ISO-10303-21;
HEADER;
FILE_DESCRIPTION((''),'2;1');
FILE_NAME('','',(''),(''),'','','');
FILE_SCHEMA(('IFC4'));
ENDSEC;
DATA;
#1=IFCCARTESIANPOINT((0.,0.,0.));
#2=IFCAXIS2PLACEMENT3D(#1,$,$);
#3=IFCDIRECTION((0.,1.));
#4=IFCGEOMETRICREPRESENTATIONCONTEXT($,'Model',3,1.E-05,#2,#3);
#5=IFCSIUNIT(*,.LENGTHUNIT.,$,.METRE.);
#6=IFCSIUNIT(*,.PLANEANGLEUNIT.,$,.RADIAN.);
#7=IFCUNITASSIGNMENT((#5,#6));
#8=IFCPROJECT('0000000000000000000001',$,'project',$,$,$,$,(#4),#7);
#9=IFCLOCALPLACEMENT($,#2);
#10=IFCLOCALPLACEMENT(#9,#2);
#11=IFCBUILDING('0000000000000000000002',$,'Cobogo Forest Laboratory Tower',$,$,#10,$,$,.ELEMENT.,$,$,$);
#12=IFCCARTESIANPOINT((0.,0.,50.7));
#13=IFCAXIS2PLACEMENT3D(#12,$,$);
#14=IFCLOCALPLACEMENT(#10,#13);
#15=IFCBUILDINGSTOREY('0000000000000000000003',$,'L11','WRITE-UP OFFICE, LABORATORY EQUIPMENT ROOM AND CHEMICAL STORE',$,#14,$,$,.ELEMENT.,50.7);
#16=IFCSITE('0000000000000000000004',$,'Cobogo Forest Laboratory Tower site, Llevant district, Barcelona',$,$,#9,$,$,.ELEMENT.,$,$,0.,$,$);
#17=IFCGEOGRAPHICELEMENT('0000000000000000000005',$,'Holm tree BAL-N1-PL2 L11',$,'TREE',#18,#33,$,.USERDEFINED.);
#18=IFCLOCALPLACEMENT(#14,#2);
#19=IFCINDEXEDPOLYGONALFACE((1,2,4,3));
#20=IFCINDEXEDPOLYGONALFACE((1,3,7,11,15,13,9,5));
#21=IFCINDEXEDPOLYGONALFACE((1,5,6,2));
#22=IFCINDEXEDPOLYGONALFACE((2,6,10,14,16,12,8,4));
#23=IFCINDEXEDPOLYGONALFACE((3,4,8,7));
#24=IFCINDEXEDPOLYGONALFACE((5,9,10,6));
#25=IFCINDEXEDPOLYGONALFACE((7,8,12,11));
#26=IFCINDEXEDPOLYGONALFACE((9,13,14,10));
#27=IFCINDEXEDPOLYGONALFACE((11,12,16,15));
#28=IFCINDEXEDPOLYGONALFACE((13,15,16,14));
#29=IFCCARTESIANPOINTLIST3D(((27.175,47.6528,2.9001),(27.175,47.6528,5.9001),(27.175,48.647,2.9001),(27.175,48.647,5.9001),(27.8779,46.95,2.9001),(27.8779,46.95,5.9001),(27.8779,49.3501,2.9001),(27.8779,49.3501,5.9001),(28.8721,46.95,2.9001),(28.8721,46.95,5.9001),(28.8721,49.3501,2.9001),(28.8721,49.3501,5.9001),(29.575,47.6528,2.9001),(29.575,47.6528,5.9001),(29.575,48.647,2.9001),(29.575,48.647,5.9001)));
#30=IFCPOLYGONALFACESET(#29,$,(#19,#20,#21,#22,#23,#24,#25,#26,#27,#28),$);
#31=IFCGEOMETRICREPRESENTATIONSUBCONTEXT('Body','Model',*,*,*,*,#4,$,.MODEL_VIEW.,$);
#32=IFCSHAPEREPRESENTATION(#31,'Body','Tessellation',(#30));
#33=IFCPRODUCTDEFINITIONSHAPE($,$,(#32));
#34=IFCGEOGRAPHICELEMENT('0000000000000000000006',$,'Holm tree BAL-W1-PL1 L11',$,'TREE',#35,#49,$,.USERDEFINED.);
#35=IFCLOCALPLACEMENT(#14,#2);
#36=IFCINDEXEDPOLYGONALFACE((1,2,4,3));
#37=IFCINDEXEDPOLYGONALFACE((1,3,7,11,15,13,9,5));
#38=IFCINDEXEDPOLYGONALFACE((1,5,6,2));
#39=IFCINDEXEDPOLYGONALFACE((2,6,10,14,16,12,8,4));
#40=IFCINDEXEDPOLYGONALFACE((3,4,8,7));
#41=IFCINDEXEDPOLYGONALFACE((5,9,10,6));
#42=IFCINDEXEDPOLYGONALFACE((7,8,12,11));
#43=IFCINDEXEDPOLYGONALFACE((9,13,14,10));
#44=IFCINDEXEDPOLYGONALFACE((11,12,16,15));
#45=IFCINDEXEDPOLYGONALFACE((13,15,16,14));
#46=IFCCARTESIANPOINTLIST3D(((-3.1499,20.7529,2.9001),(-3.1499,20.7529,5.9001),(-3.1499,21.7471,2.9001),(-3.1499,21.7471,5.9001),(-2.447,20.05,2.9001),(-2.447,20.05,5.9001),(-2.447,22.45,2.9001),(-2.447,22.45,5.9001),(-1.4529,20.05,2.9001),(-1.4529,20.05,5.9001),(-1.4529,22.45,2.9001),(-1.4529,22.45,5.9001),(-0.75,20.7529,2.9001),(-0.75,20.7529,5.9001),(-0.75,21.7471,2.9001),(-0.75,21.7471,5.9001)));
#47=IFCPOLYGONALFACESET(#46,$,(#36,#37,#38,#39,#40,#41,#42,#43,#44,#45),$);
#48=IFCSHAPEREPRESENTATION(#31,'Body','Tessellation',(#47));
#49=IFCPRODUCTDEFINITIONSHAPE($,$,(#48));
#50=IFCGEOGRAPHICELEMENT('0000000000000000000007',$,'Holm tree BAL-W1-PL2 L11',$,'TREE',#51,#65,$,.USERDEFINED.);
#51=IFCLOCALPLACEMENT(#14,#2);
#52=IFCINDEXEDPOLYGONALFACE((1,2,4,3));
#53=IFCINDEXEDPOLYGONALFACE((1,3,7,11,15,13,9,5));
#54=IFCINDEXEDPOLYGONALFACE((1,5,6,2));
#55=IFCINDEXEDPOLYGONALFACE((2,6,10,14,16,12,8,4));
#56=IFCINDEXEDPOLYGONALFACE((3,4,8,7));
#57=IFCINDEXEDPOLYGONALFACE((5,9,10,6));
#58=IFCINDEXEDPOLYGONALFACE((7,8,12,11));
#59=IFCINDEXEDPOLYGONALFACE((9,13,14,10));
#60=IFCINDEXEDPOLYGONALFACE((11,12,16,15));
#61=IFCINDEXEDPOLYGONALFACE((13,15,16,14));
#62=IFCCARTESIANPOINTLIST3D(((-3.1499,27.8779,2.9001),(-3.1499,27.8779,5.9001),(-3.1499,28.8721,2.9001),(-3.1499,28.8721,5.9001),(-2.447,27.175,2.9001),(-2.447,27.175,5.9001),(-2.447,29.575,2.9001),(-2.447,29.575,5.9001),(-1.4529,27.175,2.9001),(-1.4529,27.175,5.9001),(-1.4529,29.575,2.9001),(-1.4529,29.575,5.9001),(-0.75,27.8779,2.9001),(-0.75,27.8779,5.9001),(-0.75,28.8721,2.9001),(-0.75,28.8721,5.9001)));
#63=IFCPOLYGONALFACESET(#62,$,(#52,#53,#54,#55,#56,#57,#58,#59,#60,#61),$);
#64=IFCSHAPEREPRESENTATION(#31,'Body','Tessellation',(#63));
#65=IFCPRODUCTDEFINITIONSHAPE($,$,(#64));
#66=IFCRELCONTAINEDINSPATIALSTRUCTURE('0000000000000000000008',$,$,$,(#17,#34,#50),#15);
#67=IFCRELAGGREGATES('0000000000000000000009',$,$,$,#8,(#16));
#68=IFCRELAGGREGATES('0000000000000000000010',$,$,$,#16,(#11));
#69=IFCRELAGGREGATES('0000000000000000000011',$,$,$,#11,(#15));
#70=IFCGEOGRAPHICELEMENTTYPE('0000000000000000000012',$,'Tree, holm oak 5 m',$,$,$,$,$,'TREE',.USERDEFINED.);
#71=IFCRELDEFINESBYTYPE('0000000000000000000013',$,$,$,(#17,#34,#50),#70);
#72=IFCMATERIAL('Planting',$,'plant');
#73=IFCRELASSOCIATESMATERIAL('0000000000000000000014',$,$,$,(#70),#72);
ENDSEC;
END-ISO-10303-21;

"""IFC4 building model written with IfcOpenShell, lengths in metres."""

from ifc_helpers import new_model, si_unit, direction, frame, origin, place, context, subcontext, project, spatial, polyline, outline, extrude, material, type_object, element, save


model = new_model("IFC4")

# Units and contexts
model_context = context("Model", 3, precision=1e-05, world=origin(), true_north=direction((0.0, 1.0)))
body_context = subcontext(model_context, "Body", "Model", "MODEL_VIEW")
ifc_project = project(units=[si_unit("LENGTHUNIT", "METRE"), si_unit("PLANEANGLEUNIT", "RADIAN")], contexts=[model_context])

# Site, building, storey
site_placement = place(None, origin())
site = spatial("IfcSite", under=ifc_project, at=site_placement, Name="Cobogo Forest Laboratory Tower site, Llevant district, Barcelona", CompositionType="ELEMENT", RefElevation=0.0)
building_placement = place(site_placement, origin())
building = spatial("IfcBuilding", under=site, at=building_placement, Name="Cobogo Forest Laboratory Tower", CompositionType="ELEMENT")
storey_placement = place(building_placement, frame((0.0, 0.0, 50.7)))
storey = spatial("IfcBuildingStorey", under=building, at=storey_placement, Name="L11", Description="WRITE-UP OFFICE, LABORATORY EQUIPMENT ROOM AND CHEMICAL STORE", CompositionType="ELEMENT", Elevation=50.7)

# Geographic elements
ifc_material_1 = material(Name="Planting", Category="plant")
geographic_element_type = type_object("IfcGeographicElementType", Name="Tree, holm oak 5 m", ElementType="TREE", PredefinedType="USERDEFINED", material=ifc_material_1)
geographic_element_1_placement = place(storey_placement, frame((0.0, 0.0, 2.9001)))
element("IfcGeographicElement", 1, at=geographic_element_1_placement, inside=storey, type_object=geographic_element_type, Name="Holm tree BAL-N1-PL2 L11", ObjectType="TREE", PredefinedType="USERDEFINED", context=body_context, shape_type="SweptSolid", body=[
    extrude(outline(polyline([(29.575, 47.6528), (29.575, 48.647), (28.8721, 49.3501), (27.8779, 49.3501), (27.175, 48.647), (27.175, 47.6528), (27.8779, 46.95), (28.8721, 46.95), (29.575, 47.6528)])), origin(), (0.0, 0.0, 1.0), 3.0),
])
geographic_element_2_placement = place(storey_placement, frame((0.0, 0.0, 2.9001)))
element("IfcGeographicElement", 2, at=geographic_element_2_placement, inside=storey, type_object=geographic_element_type, Name="Holm tree BAL-W1-PL1 L11", ObjectType="TREE", PredefinedType="USERDEFINED", context=body_context, shape_type="SweptSolid", body=[
    extrude(outline(polyline([(-0.75, 20.7529), (-0.75, 21.7471), (-1.4529, 22.45), (-2.447, 22.45), (-3.1499, 21.7471), (-3.1499, 20.7529), (-2.447, 20.05), (-1.4529, 20.05), (-0.75, 20.7529)])), origin(), (0.0, 0.0, 1.0), 3.0),
])
geographic_element_3_placement = place(storey_placement, frame((0.0, 0.0, 2.9001)))
element("IfcGeographicElement", 3, at=geographic_element_3_placement, inside=storey, type_object=geographic_element_type, Name="Holm tree BAL-W1-PL2 L11", ObjectType="TREE", PredefinedType="USERDEFINED", context=body_context, shape_type="SweptSolid", body=[
    extrude(outline(polyline([(-0.75, 27.8779), (-0.75, 28.8721), (-1.4529, 29.575), (-2.447, 29.575), (-3.1499, 28.8721), (-3.1499, 27.8779), (-2.447, 27.175), (-1.4529, 27.175), (-0.75, 27.8779)])), origin(), (0.0, 0.0, 1.0), 3.0),
])

save(model, "model.ifc")
